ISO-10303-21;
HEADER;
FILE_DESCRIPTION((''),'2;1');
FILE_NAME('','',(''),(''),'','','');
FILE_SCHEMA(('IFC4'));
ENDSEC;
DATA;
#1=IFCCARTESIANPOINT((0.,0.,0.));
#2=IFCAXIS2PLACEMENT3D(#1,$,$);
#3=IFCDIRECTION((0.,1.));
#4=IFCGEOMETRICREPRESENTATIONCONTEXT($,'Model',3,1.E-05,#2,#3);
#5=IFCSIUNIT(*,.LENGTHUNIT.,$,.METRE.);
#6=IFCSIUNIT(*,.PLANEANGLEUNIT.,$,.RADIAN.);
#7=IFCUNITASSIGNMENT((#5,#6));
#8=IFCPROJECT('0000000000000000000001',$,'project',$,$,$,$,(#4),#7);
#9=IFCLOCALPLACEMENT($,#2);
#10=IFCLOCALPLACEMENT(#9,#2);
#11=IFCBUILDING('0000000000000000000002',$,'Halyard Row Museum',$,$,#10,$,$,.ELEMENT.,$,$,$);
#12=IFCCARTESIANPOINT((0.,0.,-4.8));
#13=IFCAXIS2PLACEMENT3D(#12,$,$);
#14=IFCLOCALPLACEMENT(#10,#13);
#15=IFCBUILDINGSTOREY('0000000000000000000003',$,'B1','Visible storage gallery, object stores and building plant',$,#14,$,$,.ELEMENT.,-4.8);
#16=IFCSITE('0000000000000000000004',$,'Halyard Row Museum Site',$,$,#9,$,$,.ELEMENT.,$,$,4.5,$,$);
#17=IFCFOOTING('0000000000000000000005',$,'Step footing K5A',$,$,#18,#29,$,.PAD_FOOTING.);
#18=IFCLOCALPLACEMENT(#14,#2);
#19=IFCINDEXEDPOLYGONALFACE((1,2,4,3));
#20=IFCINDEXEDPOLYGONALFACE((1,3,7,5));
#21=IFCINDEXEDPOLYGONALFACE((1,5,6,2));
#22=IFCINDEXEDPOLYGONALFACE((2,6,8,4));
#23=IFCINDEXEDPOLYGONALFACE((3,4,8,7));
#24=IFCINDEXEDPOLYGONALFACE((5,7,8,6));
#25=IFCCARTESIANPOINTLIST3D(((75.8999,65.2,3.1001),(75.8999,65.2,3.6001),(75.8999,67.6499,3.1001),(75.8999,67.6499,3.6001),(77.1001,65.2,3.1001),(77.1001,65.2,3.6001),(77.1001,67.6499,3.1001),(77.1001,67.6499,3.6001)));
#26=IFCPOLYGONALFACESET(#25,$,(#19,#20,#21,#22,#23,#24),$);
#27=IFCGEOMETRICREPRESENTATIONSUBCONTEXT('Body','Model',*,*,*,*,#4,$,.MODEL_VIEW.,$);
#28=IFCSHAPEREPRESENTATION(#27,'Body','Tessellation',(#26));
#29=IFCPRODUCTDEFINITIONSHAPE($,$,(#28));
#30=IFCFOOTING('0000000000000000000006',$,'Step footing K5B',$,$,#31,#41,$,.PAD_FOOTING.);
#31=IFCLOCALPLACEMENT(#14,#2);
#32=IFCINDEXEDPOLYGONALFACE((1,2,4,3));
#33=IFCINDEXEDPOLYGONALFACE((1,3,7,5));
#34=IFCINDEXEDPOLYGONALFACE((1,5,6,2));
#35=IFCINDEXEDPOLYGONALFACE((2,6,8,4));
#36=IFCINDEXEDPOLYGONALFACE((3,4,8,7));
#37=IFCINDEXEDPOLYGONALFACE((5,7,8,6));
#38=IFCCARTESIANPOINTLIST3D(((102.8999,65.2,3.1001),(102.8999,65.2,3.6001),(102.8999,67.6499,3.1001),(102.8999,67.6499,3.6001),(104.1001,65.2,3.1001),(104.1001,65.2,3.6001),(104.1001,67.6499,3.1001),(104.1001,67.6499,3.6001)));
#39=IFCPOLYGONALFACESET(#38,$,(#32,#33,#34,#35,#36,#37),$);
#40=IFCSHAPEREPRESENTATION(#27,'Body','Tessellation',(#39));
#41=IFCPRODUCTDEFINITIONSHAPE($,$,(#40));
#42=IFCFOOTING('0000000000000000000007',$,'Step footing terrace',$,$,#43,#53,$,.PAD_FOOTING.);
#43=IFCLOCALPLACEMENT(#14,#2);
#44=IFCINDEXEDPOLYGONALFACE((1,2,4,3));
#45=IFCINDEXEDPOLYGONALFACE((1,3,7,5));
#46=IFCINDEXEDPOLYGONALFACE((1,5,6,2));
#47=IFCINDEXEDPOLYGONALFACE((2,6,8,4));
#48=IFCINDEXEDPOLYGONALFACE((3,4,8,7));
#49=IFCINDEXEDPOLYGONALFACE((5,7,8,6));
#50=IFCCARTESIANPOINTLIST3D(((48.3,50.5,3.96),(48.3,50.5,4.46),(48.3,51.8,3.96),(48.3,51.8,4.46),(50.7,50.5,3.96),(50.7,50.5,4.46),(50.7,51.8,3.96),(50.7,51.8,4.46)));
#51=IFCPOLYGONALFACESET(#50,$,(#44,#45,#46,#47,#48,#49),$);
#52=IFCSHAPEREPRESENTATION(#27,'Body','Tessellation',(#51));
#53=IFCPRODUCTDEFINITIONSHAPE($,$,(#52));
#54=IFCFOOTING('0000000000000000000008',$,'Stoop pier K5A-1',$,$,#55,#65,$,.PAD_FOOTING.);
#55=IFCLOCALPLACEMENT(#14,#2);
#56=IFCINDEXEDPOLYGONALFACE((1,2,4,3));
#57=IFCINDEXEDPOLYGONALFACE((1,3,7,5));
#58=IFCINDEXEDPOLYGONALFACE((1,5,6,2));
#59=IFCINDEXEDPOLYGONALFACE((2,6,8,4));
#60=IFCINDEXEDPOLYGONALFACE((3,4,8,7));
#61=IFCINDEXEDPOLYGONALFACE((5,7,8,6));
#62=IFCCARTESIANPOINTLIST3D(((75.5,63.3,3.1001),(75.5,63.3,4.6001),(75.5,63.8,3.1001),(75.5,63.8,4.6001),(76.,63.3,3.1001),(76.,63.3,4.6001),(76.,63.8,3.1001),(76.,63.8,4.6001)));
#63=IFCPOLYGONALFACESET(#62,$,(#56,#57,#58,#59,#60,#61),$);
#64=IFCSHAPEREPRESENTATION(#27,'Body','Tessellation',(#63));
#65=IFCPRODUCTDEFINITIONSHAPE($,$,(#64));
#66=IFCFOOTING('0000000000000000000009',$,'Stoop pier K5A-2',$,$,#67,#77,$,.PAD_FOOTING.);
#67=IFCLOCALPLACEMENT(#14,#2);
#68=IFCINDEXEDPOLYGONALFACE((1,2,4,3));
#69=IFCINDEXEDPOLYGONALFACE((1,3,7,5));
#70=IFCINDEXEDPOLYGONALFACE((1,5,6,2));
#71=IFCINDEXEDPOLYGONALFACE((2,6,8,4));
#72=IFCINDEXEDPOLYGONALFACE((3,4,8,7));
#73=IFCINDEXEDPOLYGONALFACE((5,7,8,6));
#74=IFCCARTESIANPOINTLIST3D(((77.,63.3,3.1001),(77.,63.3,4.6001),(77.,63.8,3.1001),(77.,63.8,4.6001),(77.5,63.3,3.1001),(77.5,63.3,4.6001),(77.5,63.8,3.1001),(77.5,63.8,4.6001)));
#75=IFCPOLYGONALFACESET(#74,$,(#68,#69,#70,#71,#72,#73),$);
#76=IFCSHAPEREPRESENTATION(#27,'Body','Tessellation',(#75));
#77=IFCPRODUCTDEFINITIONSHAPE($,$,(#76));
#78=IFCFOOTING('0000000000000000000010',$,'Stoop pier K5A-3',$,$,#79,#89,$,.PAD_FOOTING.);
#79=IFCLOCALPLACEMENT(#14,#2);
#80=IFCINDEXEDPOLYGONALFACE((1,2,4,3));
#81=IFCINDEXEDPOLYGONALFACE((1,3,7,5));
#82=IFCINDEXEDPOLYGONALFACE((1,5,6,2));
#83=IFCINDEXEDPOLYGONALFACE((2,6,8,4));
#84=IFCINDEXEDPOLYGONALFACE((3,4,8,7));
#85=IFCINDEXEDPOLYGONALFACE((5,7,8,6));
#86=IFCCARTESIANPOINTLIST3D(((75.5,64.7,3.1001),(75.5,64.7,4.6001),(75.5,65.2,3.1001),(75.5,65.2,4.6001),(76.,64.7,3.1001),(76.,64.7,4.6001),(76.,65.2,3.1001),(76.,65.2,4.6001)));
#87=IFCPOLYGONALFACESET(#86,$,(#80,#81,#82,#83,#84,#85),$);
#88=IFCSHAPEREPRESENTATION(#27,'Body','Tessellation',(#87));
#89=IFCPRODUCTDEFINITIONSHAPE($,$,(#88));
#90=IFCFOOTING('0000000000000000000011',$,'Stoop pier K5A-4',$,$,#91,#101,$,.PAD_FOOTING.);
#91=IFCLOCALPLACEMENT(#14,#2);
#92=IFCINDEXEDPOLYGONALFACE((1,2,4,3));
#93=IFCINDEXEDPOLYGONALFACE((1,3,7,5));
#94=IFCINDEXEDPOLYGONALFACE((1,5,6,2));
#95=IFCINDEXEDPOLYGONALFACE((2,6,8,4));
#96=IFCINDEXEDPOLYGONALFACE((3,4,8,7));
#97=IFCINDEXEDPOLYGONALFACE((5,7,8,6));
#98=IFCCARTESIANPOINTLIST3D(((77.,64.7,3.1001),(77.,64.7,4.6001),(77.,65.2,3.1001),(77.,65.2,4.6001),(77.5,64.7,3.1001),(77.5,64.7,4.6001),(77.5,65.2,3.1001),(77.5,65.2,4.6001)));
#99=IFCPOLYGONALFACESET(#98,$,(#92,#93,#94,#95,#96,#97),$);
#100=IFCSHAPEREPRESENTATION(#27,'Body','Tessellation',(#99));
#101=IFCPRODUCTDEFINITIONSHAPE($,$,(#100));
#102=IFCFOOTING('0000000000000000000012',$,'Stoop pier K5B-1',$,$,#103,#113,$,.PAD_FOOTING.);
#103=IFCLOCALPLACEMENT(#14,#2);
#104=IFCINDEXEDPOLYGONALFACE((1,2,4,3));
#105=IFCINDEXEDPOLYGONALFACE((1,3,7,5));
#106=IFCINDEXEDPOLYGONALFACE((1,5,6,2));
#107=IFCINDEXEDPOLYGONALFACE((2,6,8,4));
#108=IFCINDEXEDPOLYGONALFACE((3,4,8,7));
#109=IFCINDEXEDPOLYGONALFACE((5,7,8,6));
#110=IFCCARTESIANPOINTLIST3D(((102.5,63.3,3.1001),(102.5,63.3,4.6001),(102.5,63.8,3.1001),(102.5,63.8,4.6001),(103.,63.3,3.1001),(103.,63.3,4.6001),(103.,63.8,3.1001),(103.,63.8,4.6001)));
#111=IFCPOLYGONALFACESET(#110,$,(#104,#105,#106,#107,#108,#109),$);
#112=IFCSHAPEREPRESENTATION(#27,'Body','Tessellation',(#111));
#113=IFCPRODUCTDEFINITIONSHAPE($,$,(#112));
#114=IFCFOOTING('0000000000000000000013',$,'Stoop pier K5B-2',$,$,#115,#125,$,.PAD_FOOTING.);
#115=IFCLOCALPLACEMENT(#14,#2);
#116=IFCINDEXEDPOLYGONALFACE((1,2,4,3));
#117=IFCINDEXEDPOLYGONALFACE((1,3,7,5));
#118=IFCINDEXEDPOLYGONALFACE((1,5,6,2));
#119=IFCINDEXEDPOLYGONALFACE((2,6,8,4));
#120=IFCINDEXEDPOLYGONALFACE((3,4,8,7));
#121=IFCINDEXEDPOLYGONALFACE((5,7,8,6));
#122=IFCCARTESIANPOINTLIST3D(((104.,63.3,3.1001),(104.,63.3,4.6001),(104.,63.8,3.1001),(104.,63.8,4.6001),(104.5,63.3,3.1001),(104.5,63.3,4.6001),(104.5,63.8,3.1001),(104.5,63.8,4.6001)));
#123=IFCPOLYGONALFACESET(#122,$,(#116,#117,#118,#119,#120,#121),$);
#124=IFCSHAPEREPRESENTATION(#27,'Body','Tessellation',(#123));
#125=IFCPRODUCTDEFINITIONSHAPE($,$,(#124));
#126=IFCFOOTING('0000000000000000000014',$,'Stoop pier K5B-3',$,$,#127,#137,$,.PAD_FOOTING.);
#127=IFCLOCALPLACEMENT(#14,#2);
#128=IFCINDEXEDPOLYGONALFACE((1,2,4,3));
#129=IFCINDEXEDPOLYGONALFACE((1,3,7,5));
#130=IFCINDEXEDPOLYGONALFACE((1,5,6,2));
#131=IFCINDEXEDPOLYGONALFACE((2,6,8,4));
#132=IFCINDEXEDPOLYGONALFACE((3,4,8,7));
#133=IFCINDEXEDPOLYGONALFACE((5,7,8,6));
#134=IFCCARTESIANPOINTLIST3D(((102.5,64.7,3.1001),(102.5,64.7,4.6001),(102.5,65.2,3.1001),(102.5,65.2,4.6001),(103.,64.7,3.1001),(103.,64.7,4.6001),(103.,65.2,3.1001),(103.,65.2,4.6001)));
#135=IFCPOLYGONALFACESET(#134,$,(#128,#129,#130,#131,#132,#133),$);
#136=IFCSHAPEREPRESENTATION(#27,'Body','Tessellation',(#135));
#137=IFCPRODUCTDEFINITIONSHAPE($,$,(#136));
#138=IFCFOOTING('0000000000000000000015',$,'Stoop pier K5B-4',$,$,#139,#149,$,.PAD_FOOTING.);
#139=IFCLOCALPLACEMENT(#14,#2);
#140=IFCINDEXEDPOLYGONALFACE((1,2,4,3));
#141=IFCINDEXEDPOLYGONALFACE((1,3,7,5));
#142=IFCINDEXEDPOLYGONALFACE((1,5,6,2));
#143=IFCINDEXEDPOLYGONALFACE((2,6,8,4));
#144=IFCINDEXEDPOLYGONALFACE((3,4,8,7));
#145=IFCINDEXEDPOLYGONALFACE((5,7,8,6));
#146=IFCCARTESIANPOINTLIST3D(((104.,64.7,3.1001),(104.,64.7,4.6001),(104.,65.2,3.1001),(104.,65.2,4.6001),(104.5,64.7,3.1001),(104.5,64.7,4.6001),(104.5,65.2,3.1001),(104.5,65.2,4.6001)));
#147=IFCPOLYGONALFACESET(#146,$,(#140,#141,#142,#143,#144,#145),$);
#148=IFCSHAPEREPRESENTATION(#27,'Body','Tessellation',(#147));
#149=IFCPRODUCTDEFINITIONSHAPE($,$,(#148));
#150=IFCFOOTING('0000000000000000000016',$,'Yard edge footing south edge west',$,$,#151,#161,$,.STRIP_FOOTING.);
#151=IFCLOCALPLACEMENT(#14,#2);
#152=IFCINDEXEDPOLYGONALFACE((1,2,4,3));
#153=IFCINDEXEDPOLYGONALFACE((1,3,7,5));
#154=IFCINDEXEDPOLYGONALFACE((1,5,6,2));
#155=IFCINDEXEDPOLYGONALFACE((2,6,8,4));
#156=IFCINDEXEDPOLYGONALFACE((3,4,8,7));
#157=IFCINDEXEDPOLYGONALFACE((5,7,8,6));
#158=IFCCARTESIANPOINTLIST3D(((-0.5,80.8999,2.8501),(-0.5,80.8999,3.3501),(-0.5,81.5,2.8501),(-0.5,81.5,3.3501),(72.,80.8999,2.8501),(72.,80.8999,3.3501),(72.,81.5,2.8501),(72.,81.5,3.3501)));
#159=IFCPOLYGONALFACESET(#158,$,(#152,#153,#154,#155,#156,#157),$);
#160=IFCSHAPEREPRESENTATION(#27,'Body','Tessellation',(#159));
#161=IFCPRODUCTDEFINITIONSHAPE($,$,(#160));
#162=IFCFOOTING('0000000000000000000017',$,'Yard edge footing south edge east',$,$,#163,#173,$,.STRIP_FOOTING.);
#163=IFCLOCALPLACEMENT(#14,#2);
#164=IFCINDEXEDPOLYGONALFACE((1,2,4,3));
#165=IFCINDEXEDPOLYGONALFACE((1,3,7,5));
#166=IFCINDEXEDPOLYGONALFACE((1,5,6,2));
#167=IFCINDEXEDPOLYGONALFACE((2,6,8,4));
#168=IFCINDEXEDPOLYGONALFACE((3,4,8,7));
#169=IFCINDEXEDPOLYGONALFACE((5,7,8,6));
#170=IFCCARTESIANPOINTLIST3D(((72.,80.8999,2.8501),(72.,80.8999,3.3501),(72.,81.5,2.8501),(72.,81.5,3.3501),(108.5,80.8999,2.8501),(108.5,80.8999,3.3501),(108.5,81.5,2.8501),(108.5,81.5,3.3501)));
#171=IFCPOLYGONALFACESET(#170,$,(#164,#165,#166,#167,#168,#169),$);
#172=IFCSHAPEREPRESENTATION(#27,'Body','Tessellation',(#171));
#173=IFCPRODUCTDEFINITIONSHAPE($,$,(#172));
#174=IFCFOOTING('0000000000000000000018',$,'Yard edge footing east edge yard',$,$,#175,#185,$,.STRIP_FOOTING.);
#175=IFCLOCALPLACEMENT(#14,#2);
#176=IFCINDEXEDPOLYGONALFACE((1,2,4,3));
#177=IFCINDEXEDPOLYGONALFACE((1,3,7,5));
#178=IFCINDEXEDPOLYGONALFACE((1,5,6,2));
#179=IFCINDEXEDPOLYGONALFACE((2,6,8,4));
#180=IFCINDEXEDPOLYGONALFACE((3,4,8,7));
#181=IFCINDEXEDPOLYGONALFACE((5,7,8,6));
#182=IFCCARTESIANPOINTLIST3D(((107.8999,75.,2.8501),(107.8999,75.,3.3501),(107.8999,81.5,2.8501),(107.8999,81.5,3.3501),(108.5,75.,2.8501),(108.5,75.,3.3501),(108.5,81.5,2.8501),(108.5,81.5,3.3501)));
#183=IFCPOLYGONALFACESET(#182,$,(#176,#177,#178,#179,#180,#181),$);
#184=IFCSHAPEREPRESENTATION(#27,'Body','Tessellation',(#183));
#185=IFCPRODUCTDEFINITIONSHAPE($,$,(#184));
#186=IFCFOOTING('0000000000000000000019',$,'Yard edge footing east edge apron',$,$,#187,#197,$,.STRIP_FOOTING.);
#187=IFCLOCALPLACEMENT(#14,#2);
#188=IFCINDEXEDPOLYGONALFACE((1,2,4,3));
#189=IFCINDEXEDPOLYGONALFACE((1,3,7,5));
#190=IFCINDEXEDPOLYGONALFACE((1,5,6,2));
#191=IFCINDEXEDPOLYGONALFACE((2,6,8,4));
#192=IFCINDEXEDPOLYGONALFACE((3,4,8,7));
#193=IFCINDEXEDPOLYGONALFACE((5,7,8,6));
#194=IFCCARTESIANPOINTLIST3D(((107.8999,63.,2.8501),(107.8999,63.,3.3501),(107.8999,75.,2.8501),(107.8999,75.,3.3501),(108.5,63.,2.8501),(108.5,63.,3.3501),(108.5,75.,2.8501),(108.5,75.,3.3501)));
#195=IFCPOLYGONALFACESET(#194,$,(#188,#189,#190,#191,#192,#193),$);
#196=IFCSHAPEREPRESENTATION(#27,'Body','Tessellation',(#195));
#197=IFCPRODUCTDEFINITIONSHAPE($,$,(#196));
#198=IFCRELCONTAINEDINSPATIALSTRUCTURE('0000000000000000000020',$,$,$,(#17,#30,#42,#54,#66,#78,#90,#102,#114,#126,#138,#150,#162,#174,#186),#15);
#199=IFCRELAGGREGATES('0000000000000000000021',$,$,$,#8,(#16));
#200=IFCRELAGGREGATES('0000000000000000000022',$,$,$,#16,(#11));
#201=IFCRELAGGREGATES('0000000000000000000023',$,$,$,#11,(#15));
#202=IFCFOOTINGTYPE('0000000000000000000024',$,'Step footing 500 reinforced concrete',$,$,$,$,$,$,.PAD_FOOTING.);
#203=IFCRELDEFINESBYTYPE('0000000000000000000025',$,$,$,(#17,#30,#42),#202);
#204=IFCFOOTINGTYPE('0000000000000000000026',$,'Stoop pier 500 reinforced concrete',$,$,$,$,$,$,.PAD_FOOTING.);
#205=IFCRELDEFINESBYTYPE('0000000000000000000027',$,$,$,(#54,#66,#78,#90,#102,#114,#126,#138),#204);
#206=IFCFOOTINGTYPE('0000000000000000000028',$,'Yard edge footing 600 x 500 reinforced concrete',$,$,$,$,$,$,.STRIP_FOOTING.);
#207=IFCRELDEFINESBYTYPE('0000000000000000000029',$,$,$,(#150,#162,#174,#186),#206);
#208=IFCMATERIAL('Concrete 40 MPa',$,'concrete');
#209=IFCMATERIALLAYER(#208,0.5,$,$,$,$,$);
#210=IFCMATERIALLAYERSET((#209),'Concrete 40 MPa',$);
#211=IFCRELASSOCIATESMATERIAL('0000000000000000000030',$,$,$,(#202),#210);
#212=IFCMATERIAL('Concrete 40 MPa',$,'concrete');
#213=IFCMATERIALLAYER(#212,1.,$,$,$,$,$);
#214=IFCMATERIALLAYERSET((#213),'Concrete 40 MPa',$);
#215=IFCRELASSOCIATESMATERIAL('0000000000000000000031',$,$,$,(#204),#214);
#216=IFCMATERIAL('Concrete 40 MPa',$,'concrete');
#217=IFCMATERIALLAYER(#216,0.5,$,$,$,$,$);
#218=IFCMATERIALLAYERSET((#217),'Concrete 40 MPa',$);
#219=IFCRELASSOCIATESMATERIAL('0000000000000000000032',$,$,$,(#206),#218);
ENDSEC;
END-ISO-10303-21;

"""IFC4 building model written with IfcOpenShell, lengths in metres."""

from ifc_helpers import new_model, si_unit, direction, frame, origin, place, context, subcontext, project, spatial, polyline, outline, extrude, material, layer, layer_set, type_object, element, save


model = new_model("IFC4")

# Units and contexts
model_context = context("Model", 3, precision=1e-05, world=origin(), true_north=direction((0.0, 1.0)))
body_context = subcontext(model_context, "Body", "Model", "MODEL_VIEW")
ifc_project = project(units=[si_unit("LENGTHUNIT", "METRE"), si_unit("PLANEANGLEUNIT", "RADIAN")], contexts=[model_context])

# Site, building, storey
site_placement = place(None, origin())
site = spatial("IfcSite", under=ifc_project, at=site_placement, Name="Halyard Row Museum Site", CompositionType="ELEMENT", RefElevation=4.5)
building_placement = place(site_placement, origin())
building = spatial("IfcBuilding", under=site, at=building_placement, Name="Halyard Row Museum", CompositionType="ELEMENT")
storey_placement = place(building_placement, frame((0.0, 0.0, -4.8)))
storey = spatial("IfcBuildingStorey", under=building, at=storey_placement, Name="B1", Description="Visible storage gallery, object stores and building plant", CompositionType="ELEMENT", Elevation=-4.8)

# Footings
ifc_material_1 = material(Name="Concrete 40 MPa", Category="concrete")
ifc_layer_1 = layer(ifc_material_1, 0.5)
ifc_layer_set_1 = layer_set([ifc_layer_1], Name="Concrete 40 MPa")
footing_type_1 = type_object("IfcFootingType", Name="Step footing 500 reinforced concrete", PredefinedType="PAD_FOOTING", material=ifc_layer_set_1)
footing_1_placement = place(storey_placement, frame((0.0, 0.0, 3.1001)))
element("IfcFooting", 1, at=footing_1_placement, inside=storey, type_object=footing_type_1, Name="Step footing K5A", PredefinedType="PAD_FOOTING", context=body_context, shape_type="SweptSolid", body=[
    extrude(outline(polyline([(75.8999, 65.2), (77.1001, 65.2), (77.1001, 67.6499), (75.8999, 67.6499), (75.8999, 65.2)])), origin(), (0.0, 0.0, 1.0), 0.5),
])
footing_2_placement = place(storey_placement, frame((0.0, 0.0, 3.1001)))
element("IfcFooting", 2, at=footing_2_placement, inside=storey, type_object=footing_type_1, Name="Step footing K5B", PredefinedType="PAD_FOOTING", context=body_context, shape_type="SweptSolid", body=[
    extrude(outline(polyline([(102.8999, 65.2), (104.1001, 65.2), (104.1001, 67.6499), (102.8999, 67.6499), (102.8999, 65.2)])), origin(), (0.0, 0.0, 1.0), 0.5),
])
footing_3_placement = place(storey_placement, frame((0.0, 0.0, 3.96)))
element("IfcFooting", 3, at=footing_3_placement, inside=storey, type_object=footing_type_1, Name="Step footing terrace", PredefinedType="PAD_FOOTING", context=body_context, shape_type="SweptSolid", body=[
    extrude(outline(polyline([(48.3, 50.5), (50.7, 50.5), (50.7, 51.8), (48.3, 51.8), (48.3, 50.5)])), origin(), (0.0, 0.0, 1.0), 0.5),
])
ifc_material_2 = material(Name="Concrete 40 MPa", Category="concrete")
ifc_layer_2 = layer(ifc_material_2, 1.0)
ifc_layer_set_2 = layer_set([ifc_layer_2], Name="Concrete 40 MPa")
footing_type_2 = type_object("IfcFootingType", Name="Stoop pier 500 reinforced concrete", PredefinedType="PAD_FOOTING", material=ifc_layer_set_2)
footing_4_placement = place(storey_placement, frame((0.0, 0.0, 3.1001)))
element("IfcFooting", 4, at=footing_4_placement, inside=storey, type_object=footing_type_2, Name="Stoop pier K5A-1", PredefinedType="PAD_FOOTING", context=body_context, shape_type="SweptSolid", body=[
    extrude(outline(polyline([(75.5, 63.3), (76.0, 63.3), (76.0, 63.8), (75.5, 63.8), (75.5, 63.3)])), origin(), (0.0, 0.0, 1.0), 1.5),
])
footing_5_placement = place(storey_placement, frame((0.0, 0.0, 3.1001)))
element("IfcFooting", 5, at=footing_5_placement, inside=storey, type_object=footing_type_2, Name="Stoop pier K5A-2", PredefinedType="PAD_FOOTING", context=body_context, shape_type="SweptSolid", body=[
    extrude(outline(polyline([(77.0, 63.3), (77.5, 63.3), (77.5, 63.8), (77.0, 63.8), (77.0, 63.3)])), origin(), (0.0, 0.0, 1.0), 1.5),
])
footing_6_placement = place(storey_placement, frame((0.0, 0.0, 3.1001)))
element("IfcFooting", 6, at=footing_6_placement, inside=storey, type_object=footing_type_2, Name="Stoop pier K5A-3", PredefinedType="PAD_FOOTING", context=body_context, shape_type="SweptSolid", body=[
    extrude(outline(polyline([(75.5, 64.7), (76.0, 64.7), (76.0, 65.2), (75.5, 65.2), (75.5, 64.7)])), origin(), (0.0, 0.0, 1.0), 1.5),
])
footing_7_placement = place(storey_placement, frame((0.0, 0.0, 3.1001)))
element("IfcFooting", 7, at=footing_7_placement, inside=storey, type_object=footing_type_2, Name="Stoop pier K5A-4", PredefinedType="PAD_FOOTING", context=body_context, shape_type="SweptSolid", body=[
    extrude(outline(polyline([(77.0, 64.7), (77.5, 64.7), (77.5, 65.2), (77.0, 65.2), (77.0, 64.7)])), origin(), (0.0, 0.0, 1.0), 1.5),
])
footing_8_placement = place(storey_placement, frame((0.0, 0.0, 3.1001)))
element("IfcFooting", 8, at=footing_8_placement, inside=storey, type_object=footing_type_2, Name="Stoop pier K5B-1", PredefinedType="PAD_FOOTING", context=body_context, shape_type="SweptSolid", body=[
    extrude(outline(polyline([(102.5, 63.3), (103.0, 63.3), (103.0, 63.8), (102.5, 63.8), (102.5, 63.3)])), origin(), (0.0, 0.0, 1.0), 1.5),
])
footing_9_placement = place(storey_placement, frame((0.0, 0.0, 3.1001)))
element("IfcFooting", 9, at=footing_9_placement, inside=storey, type_object=footing_type_2, Name="Stoop pier K5B-2", PredefinedType="PAD_FOOTING", context=body_context, shape_type="SweptSolid", body=[
    extrude(outline(polyline([(104.0, 63.3), (104.5, 63.3), (104.5, 63.8), (104.0, 63.8), (104.0, 63.3)])), origin(), (0.0, 0.0, 1.0), 1.5),
])
footing_10_placement = place(storey_placement, frame((0.0, 0.0, 3.1001)))
element("IfcFooting", 10, at=footing_10_placement, inside=storey, type_object=footing_type_2, Name="Stoop pier K5B-3", PredefinedType="PAD_FOOTING", context=body_context, shape_type="SweptSolid", body=[
    extrude(outline(polyline([(102.5, 64.7), (103.0, 64.7), (103.0, 65.2), (102.5, 65.2), (102.5, 64.7)])), origin(), (0.0, 0.0, 1.0), 1.5),
])
footing_11_placement = place(storey_placement, frame((0.0, 0.0, 3.1001)))
element("IfcFooting", 11, at=footing_11_placement, inside=storey, type_object=footing_type_2, Name="Stoop pier K5B-4", PredefinedType="PAD_FOOTING", context=body_context, shape_type="SweptSolid", body=[
    extrude(outline(polyline([(104.0, 64.7), (104.5, 64.7), (104.5, 65.2), (104.0, 65.2), (104.0, 64.7)])), origin(), (0.0, 0.0, 1.0), 1.5),
])
ifc_material_3 = material(Name="Concrete 40 MPa", Category="concrete")
ifc_layer_3 = layer(ifc_material_3, 0.5)
ifc_layer_set_3 = layer_set([ifc_layer_3], Name="Concrete 40 MPa")
footing_type_3 = type_object("IfcFootingType", Name="Yard edge footing 600 x 500 reinforced concrete", PredefinedType="STRIP_FOOTING", material=ifc_layer_set_3)
footing_12_placement = place(storey_placement, frame((0.0, 0.0, 2.8501)))
element("IfcFooting", 12, at=footing_12_placement, inside=storey, type_object=footing_type_3, Name="Yard edge footing south edge west", PredefinedType="STRIP_FOOTING", context=body_context, shape_type="SweptSolid", body=[
    extrude(outline(polyline([(-0.5, 80.8999), (72.0, 80.8999), (72.0, 81.5), (-0.5, 81.5), (-0.5, 80.8999)])), origin(), (0.0, 0.0, 1.0), 0.5),
])
footing_13_placement = place(storey_placement, frame((0.0, 0.0, 2.8501)))
element("IfcFooting", 13, at=footing_13_placement, inside=storey, type_object=footing_type_3, Name="Yard edge footing south edge east", PredefinedType="STRIP_FOOTING", context=body_context, shape_type="SweptSolid", body=[
    extrude(outline(polyline([(72.0, 80.8999), (108.5, 80.8999), (108.5, 81.5), (72.0, 81.5), (72.0, 80.8999)])), origin(), (0.0, 0.0, 1.0), 0.5),
])
footing_14_placement = place(storey_placement, frame((0.0, 0.0, 2.8501)))
element("IfcFooting", 14, at=footing_14_placement, inside=storey, type_object=footing_type_3, Name="Yard edge footing east edge yard", PredefinedType="STRIP_FOOTING", context=body_context, shape_type="SweptSolid", body=[
    extrude(outline(polyline([(107.8999, 75.0), (108.5, 75.0), (108.5, 81.5), (107.8999, 81.5), (107.8999, 75.0)])), origin(), (0.0, 0.0, 1.0), 0.5),
])
footing_15_placement = place(storey_placement, frame((0.0, 0.0, 2.8501)))
element("IfcFooting", 15, at=footing_15_placement, inside=storey, type_object=footing_type_3, Name="Yard edge footing east edge apron", PredefinedType="STRIP_FOOTING", context=body_context, shape_type="SweptSolid", body=[
    extrude(outline(polyline([(107.8999, 63.0), (108.5, 63.0), (108.5, 75.0), (107.8999, 75.0), (107.8999, 63.0)])), origin(), (0.0, 0.0, 1.0), 0.5),
])

save(model, "model.ifc")
